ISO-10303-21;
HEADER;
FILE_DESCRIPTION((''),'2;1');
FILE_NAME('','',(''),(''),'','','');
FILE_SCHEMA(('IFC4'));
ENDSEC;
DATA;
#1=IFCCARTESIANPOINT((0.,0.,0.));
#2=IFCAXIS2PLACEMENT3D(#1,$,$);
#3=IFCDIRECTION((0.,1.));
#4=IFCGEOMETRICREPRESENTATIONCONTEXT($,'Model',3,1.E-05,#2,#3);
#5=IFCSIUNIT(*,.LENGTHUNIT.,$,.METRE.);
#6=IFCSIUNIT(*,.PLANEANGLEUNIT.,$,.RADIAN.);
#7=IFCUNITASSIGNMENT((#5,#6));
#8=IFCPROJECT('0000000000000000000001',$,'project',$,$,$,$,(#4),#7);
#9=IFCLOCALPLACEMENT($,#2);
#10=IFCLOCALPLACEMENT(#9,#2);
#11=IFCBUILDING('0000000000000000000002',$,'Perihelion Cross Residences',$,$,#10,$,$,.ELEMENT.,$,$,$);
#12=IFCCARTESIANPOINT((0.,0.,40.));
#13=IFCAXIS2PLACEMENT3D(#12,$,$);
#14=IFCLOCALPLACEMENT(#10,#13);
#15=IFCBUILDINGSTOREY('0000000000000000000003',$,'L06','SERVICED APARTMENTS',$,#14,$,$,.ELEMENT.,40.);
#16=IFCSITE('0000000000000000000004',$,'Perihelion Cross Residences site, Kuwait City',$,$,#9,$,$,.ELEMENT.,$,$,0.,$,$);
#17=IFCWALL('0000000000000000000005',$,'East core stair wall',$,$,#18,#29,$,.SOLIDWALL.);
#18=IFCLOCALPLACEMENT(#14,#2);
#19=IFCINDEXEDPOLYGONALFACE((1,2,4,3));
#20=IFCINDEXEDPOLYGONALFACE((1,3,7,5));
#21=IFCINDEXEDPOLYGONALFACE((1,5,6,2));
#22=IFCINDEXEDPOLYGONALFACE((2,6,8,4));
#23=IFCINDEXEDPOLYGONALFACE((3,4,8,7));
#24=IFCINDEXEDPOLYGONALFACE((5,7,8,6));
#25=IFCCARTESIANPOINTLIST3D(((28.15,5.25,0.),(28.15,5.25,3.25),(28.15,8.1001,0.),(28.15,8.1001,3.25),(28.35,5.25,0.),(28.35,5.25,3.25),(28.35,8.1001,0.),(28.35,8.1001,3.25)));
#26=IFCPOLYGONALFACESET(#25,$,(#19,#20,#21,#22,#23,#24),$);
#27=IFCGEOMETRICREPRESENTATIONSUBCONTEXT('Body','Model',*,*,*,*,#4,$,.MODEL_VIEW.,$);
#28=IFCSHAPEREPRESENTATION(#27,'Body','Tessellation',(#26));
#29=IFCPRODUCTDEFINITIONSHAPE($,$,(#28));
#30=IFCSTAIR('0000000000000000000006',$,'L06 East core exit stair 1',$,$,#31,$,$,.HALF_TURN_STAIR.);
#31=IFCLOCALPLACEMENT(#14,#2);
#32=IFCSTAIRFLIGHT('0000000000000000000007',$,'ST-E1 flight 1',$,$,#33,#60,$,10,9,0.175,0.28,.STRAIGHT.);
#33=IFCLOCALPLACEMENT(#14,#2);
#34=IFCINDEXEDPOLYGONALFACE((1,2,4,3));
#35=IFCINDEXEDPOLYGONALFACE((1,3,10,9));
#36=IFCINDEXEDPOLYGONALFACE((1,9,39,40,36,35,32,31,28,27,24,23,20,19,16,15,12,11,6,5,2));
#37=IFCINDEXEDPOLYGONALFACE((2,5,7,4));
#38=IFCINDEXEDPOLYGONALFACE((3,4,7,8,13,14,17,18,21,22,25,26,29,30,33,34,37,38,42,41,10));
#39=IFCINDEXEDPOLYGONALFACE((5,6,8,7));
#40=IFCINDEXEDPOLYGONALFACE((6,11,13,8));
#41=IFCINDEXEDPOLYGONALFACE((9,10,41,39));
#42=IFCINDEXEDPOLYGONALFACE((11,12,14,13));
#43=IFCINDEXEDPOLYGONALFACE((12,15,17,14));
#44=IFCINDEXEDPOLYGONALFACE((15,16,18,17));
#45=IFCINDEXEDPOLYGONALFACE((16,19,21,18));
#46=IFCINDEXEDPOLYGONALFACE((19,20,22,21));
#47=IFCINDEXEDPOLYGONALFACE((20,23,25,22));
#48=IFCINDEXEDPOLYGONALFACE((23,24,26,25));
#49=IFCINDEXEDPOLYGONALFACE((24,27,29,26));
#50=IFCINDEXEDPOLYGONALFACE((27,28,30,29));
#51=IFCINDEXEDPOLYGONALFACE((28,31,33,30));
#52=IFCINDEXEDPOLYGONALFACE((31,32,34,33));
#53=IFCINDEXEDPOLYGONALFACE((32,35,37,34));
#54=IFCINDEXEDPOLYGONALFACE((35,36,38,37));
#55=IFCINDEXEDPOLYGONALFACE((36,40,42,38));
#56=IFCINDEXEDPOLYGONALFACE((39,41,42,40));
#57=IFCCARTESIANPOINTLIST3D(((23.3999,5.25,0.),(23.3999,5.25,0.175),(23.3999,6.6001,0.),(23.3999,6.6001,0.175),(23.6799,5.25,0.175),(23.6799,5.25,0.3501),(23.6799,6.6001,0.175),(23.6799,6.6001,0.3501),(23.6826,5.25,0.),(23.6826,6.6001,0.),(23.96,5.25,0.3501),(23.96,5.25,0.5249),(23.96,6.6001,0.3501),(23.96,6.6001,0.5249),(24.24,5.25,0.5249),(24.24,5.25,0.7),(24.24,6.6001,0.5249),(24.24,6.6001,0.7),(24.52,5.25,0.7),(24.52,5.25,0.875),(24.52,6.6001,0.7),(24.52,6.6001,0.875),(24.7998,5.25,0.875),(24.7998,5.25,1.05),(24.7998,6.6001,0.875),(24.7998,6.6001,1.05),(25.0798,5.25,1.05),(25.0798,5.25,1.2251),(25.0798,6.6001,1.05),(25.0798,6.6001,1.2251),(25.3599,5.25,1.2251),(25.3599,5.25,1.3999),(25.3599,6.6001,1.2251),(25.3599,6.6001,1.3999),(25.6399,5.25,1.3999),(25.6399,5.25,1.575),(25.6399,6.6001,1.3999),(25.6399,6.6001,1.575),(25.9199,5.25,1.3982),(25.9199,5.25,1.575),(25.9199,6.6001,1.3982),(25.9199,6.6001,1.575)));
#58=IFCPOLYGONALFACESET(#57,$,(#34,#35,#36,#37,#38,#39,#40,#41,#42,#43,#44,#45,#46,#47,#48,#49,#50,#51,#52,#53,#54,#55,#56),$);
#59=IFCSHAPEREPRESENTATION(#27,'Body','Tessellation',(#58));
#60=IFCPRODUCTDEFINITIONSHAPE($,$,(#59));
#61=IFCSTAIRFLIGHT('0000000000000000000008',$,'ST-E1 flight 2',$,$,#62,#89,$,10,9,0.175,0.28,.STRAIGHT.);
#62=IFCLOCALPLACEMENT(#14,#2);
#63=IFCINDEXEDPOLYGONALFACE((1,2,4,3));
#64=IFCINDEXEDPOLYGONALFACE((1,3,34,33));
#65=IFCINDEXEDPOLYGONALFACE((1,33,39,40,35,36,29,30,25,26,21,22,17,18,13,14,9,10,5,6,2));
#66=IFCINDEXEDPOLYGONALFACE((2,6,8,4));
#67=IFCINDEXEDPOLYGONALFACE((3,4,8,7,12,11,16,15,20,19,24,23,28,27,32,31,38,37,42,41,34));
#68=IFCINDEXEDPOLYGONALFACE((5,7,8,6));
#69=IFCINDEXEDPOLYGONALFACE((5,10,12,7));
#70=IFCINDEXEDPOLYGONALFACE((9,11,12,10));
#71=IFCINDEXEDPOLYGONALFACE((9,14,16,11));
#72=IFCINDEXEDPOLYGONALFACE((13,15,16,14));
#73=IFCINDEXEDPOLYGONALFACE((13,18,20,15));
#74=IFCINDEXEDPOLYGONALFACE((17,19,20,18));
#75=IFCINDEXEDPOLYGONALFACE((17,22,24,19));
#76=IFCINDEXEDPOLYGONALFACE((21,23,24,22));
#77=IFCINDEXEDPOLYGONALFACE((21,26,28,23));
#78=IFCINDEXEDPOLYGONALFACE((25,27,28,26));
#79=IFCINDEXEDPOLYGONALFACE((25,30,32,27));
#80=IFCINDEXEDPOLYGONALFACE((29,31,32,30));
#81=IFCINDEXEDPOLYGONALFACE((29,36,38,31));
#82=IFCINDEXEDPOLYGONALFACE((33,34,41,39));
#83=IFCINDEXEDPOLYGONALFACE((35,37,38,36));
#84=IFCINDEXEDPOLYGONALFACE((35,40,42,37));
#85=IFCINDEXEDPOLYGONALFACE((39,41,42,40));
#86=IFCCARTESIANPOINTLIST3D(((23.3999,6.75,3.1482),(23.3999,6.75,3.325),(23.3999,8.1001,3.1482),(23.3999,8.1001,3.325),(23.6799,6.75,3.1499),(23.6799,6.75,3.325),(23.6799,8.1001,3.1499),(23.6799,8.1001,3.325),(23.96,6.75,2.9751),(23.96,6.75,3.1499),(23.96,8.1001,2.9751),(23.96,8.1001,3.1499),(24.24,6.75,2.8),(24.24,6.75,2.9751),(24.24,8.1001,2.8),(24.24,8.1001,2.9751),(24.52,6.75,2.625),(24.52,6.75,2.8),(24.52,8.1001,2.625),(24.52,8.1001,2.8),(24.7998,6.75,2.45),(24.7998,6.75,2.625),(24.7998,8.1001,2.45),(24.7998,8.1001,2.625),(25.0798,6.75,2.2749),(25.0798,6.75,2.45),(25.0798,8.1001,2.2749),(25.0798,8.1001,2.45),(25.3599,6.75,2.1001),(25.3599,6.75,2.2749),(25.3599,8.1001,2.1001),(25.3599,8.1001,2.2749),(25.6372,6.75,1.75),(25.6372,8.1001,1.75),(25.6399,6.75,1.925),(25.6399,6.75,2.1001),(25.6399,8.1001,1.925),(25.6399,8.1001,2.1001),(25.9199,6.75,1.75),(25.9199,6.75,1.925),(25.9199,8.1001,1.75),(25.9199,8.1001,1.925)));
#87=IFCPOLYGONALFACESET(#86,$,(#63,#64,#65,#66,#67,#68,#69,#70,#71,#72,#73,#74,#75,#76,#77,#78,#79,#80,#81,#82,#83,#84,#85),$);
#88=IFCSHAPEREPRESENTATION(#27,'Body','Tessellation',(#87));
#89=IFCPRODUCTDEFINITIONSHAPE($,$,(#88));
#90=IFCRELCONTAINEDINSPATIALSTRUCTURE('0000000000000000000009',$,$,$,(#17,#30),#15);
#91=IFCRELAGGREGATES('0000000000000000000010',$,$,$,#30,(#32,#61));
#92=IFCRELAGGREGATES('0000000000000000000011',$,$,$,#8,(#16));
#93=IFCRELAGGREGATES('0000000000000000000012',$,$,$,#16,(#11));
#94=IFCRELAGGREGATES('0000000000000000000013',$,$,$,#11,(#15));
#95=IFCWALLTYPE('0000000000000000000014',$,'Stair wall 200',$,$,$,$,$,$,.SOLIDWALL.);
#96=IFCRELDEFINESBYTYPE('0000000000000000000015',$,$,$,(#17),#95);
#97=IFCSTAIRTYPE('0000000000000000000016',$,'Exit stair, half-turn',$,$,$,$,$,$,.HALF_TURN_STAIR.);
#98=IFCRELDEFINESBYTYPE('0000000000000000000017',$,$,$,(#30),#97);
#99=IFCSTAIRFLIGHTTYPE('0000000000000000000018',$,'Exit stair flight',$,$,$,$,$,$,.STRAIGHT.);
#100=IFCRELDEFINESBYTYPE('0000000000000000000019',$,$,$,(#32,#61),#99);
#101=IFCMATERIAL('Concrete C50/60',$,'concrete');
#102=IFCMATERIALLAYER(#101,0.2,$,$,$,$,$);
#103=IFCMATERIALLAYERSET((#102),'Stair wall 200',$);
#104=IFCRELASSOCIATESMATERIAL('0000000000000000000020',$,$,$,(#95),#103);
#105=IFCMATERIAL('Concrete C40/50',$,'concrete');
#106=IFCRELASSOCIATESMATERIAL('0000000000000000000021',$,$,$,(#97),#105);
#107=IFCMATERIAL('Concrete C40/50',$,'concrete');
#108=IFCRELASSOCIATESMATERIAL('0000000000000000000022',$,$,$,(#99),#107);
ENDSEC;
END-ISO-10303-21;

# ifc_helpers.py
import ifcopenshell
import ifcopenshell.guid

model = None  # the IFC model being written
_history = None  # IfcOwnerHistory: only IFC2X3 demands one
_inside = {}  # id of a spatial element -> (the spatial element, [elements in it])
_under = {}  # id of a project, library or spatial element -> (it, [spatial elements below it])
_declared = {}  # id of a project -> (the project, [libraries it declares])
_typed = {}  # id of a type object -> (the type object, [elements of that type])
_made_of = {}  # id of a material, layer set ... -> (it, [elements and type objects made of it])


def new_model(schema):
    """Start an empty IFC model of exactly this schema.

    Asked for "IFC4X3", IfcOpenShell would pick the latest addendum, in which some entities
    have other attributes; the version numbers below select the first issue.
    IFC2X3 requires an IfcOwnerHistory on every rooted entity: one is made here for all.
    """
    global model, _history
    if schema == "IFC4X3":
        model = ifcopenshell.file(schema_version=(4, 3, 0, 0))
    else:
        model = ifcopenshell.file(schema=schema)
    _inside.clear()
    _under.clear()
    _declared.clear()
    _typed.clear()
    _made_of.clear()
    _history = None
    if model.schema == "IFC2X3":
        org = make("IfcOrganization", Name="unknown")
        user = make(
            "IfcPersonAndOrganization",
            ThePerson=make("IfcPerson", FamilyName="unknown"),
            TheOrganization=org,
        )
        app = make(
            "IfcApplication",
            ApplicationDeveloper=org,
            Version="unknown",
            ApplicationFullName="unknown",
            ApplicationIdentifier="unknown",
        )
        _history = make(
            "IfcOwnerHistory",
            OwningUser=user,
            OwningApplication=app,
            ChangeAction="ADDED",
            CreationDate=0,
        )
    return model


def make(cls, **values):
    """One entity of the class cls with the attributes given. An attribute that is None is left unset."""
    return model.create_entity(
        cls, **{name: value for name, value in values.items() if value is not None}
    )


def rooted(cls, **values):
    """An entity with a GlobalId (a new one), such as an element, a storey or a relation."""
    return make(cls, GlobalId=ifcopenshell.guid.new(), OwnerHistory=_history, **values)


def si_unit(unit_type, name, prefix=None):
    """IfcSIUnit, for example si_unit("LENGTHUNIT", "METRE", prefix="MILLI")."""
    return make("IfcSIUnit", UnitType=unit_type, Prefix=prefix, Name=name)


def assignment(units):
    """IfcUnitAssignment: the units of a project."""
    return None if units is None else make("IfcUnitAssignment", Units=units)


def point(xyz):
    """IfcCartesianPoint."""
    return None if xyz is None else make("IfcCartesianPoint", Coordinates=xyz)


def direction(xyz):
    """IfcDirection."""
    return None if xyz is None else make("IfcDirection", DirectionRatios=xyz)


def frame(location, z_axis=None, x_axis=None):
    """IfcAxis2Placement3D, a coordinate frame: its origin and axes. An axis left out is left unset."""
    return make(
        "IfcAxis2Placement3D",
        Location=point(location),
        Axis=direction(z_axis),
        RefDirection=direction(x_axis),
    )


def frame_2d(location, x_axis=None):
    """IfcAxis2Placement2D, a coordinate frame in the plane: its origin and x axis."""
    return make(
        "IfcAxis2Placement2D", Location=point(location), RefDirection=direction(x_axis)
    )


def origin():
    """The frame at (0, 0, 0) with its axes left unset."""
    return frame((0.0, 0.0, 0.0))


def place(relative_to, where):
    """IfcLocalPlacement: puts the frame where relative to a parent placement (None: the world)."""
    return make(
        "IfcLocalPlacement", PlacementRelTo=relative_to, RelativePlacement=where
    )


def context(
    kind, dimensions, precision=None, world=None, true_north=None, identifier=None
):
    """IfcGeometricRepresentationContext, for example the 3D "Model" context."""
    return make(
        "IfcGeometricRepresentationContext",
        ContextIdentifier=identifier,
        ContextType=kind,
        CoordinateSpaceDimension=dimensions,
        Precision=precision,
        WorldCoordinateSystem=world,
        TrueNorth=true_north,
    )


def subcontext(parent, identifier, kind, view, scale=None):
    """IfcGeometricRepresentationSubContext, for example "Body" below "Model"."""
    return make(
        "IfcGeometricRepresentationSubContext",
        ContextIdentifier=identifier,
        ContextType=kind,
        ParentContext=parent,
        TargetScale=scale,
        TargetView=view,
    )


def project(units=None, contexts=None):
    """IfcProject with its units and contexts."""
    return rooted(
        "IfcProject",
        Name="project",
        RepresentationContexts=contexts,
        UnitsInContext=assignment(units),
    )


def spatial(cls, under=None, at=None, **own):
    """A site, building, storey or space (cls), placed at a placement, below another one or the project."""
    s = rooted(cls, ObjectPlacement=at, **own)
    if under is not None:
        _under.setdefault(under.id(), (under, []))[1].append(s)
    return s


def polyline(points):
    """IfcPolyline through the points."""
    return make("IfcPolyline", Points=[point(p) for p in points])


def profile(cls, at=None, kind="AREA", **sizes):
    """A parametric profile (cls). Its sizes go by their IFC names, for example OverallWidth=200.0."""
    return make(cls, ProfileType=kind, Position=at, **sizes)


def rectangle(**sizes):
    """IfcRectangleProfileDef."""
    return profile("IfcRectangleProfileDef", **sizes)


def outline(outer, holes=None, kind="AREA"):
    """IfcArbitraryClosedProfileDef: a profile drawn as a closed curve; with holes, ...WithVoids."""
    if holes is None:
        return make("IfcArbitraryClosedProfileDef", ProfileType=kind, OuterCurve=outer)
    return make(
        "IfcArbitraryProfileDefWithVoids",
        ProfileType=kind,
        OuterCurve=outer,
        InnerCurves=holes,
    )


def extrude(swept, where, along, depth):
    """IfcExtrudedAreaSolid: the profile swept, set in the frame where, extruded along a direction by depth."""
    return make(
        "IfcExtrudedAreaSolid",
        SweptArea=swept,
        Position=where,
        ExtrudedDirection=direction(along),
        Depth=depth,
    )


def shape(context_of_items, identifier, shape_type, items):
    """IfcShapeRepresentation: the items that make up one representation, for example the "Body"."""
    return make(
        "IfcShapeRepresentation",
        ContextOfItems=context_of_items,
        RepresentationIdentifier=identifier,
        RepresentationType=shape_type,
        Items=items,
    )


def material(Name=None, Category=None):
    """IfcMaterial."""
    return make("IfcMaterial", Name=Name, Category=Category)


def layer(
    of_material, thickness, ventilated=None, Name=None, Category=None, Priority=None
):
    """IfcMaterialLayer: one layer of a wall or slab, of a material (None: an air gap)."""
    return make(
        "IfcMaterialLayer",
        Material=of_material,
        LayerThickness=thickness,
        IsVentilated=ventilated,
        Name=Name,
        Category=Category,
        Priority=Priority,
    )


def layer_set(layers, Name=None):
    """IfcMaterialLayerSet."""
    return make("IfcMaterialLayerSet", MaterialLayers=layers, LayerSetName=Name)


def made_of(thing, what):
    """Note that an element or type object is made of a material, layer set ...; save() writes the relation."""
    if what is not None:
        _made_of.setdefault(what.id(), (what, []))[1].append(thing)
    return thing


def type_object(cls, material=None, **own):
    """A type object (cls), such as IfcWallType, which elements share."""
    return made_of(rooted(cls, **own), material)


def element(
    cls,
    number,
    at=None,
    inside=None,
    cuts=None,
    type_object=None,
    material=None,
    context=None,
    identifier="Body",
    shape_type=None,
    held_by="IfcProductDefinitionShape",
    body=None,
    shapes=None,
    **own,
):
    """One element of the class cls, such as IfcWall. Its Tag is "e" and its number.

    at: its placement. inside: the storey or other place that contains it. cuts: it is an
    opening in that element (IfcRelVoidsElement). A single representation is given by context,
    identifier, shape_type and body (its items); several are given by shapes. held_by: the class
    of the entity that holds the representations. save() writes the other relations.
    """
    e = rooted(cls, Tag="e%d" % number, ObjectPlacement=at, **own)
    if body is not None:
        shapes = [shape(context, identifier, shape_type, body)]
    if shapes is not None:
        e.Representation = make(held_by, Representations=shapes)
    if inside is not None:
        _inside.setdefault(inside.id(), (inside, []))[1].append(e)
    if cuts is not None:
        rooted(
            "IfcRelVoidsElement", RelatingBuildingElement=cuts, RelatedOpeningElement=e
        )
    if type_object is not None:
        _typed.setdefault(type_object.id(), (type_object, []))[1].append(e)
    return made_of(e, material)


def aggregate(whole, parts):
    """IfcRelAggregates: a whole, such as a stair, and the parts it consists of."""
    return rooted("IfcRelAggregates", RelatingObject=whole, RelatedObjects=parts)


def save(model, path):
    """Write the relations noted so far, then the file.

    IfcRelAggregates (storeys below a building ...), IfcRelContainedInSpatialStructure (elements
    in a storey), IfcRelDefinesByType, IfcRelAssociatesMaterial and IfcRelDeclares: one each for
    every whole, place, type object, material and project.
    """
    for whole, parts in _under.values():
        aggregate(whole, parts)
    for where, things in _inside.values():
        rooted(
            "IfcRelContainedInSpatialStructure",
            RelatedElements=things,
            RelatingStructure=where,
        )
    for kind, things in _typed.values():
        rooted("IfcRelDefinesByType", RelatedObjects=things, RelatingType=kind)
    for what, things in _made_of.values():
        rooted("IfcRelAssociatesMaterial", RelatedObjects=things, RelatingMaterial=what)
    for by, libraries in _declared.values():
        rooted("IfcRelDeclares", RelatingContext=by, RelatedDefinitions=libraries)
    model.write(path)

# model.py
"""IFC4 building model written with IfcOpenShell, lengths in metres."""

from ifc_helpers import new_model, si_unit, direction, frame, frame_2d, origin, place, context, subcontext, project, spatial, polyline, rectangle, outline, extrude, material, layer, layer_set, type_object, element, aggregate, save


model = new_model("IFC4")

# Units and contexts
model_context = context("Model", 3, precision=1e-05, world=origin(), true_north=direction((0.0, 1.0)))
body_context = subcontext(model_context, "Body", "Model", "MODEL_VIEW")
ifc_project = project(units=[si_unit("LENGTHUNIT", "METRE"), si_unit("PLANEANGLEUNIT", "RADIAN")], contexts=[model_context])

# Site, building, storey
site_placement = place(None, origin())
site = spatial("IfcSite", under=ifc_project, at=site_placement, Name="Perihelion Cross Residences site, Kuwait City", CompositionType="ELEMENT", RefElevation=0.0)
building_placement = place(site_placement, origin())
building = spatial("IfcBuilding", under=site, at=building_placement, Name="Perihelion Cross Residences", CompositionType="ELEMENT")
storey_placement = place(building_placement, frame((0.0, 0.0, 40.0)))
storey = spatial("IfcBuildingStorey", under=building, at=storey_placement, Name="L06", Description="SERVICED APARTMENTS", CompositionType="ELEMENT", Elevation=40.0)

# Wall
ifc_material_1 = material(Name="Concrete C50/60", Category="concrete")
ifc_layer_1 = layer(ifc_material_1, 0.2)
ifc_layer_set_1 = layer_set([ifc_layer_1], Name="Stair wall 200")
wall_type_1 = type_object("IfcWallType", Name="Stair wall 200", PredefinedType="SOLIDWALL", material=ifc_layer_set_1)
wall_1_placement = place(storey_placement, frame((28.25, 5.25, 0.0), z_axis=(0.0, 0.0, 1.0), x_axis=(0.0, 1.0, 0.0)))
element("IfcWall", 1, at=wall_1_placement, inside=storey, type_object=wall_type_1, Name="East core stair wall", PredefinedType="SOLIDWALL", context=body_context, shape_type="SweptSolid", body=[
    extrude(rectangle(XDim=2.8501, YDim=0.2, at=frame_2d((1.425, 0.0))), origin(), (0.0, 0.0, 1.0), 3.25),
])

# Stair, stair flights
ifc_material_2 = material(Name="Concrete C40/50", Category="concrete")
stair_type = type_object("IfcStairType", Name="Exit stair, half-turn", PredefinedType="HALF_TURN_STAIR", material=ifc_material_2)
stair_placement = place(storey_placement, origin())
stair = element("IfcStair", 2, at=stair_placement, inside=storey, type_object=stair_type, Name="L06 East core exit stair 1", PredefinedType="HALF_TURN_STAIR")
ifc_material_3 = material(Name="Concrete C40/50", Category="concrete")
stair_flight_type = type_object("IfcStairFlightType", Name="Exit stair flight", PredefinedType="STRAIGHT", material=ifc_material_3)
stair_flight_1_placement = place(storey_placement, frame((23.3999, 5.925, 0.0), z_axis=(0.0, 0.0, 1.0), x_axis=(1.0, 0.0, 0.0)))
stair_flight_1 = element("IfcStairFlight", 3, at=stair_flight_1_placement, type_object=stair_flight_type, Name="ST-E1 flight 1", NumberOfRisers=10, NumberOfTreads=9, PredefinedType="STRAIGHT", RiserHeight=0.175, TreadLength=0.28, context=body_context, shape_type="SweptSolid", body=[
    extrude(outline(polyline([(0.0, 0.0), (0.0, 0.175), (0.28, 0.175), (0.28, 0.3501), (0.5601, 0.3501), (0.5601, 0.5249), (0.8401, 0.5249), (0.8401, 0.7), (1.1201, 0.7), (1.1201, 0.875), (1.3999, 0.875), (1.3999, 1.05), (1.6799, 1.05), (1.6799, 1.2251), (1.96, 1.2251), (1.96, 1.3999), (2.24, 1.3999), (2.24, 1.575), (2.52, 1.575), (2.52, 1.75), (2.52, 1.3982), (0.2827, 0.0), (0.0, 0.0)])), frame((0.0, 0.675, 0.0), z_axis=(0.0, -1.0, 0.0), x_axis=(1.0, 0.0, 0.0)), (0.0, 0.0, 1.0), 1.3501),
])
stair_flight_2_placement = place(storey_placement, frame((25.9199, 7.425, 1.75), z_axis=(0.0, 0.0, 1.0), x_axis=(-1.0, 0.0, 0.0)))
stair_flight_2 = element("IfcStairFlight", 4, at=stair_flight_2_placement, type_object=stair_flight_type, Name="ST-E1 flight 2", NumberOfRisers=10, NumberOfTreads=9, PredefinedType="STRAIGHT", RiserHeight=0.175, TreadLength=0.28, context=body_context, shape_type="SweptSolid", body=[
    extrude(outline(polyline([(0.0, 0.0), (0.0, 0.175), (0.28, 0.175), (0.28, 0.3501), (0.5601, 0.3501), (0.5601, 0.5249), (0.8401, 0.5249), (0.8401, 0.7), (1.1201, 0.7), (1.1201, 0.875), (1.3999, 0.875), (1.3999, 1.05), (1.6799, 1.05), (1.6799, 1.2251), (1.96, 1.2251), (1.96, 1.3999), (2.24, 1.3999), (2.24, 1.575), (2.52, 1.575), (2.52, 1.75), (2.52, 1.3982), (0.2827, 0.0), (0.0, 0.0)])), frame((0.0, 0.675, 0.0), z_axis=(0.0, -1.0, 0.0), x_axis=(1.0, 0.0, 0.0)), (0.0, 0.0, 1.0), 1.3501),
])
aggregate(stair, [stair_flight_1, stair_flight_2])

save(model, "model.ifc")
